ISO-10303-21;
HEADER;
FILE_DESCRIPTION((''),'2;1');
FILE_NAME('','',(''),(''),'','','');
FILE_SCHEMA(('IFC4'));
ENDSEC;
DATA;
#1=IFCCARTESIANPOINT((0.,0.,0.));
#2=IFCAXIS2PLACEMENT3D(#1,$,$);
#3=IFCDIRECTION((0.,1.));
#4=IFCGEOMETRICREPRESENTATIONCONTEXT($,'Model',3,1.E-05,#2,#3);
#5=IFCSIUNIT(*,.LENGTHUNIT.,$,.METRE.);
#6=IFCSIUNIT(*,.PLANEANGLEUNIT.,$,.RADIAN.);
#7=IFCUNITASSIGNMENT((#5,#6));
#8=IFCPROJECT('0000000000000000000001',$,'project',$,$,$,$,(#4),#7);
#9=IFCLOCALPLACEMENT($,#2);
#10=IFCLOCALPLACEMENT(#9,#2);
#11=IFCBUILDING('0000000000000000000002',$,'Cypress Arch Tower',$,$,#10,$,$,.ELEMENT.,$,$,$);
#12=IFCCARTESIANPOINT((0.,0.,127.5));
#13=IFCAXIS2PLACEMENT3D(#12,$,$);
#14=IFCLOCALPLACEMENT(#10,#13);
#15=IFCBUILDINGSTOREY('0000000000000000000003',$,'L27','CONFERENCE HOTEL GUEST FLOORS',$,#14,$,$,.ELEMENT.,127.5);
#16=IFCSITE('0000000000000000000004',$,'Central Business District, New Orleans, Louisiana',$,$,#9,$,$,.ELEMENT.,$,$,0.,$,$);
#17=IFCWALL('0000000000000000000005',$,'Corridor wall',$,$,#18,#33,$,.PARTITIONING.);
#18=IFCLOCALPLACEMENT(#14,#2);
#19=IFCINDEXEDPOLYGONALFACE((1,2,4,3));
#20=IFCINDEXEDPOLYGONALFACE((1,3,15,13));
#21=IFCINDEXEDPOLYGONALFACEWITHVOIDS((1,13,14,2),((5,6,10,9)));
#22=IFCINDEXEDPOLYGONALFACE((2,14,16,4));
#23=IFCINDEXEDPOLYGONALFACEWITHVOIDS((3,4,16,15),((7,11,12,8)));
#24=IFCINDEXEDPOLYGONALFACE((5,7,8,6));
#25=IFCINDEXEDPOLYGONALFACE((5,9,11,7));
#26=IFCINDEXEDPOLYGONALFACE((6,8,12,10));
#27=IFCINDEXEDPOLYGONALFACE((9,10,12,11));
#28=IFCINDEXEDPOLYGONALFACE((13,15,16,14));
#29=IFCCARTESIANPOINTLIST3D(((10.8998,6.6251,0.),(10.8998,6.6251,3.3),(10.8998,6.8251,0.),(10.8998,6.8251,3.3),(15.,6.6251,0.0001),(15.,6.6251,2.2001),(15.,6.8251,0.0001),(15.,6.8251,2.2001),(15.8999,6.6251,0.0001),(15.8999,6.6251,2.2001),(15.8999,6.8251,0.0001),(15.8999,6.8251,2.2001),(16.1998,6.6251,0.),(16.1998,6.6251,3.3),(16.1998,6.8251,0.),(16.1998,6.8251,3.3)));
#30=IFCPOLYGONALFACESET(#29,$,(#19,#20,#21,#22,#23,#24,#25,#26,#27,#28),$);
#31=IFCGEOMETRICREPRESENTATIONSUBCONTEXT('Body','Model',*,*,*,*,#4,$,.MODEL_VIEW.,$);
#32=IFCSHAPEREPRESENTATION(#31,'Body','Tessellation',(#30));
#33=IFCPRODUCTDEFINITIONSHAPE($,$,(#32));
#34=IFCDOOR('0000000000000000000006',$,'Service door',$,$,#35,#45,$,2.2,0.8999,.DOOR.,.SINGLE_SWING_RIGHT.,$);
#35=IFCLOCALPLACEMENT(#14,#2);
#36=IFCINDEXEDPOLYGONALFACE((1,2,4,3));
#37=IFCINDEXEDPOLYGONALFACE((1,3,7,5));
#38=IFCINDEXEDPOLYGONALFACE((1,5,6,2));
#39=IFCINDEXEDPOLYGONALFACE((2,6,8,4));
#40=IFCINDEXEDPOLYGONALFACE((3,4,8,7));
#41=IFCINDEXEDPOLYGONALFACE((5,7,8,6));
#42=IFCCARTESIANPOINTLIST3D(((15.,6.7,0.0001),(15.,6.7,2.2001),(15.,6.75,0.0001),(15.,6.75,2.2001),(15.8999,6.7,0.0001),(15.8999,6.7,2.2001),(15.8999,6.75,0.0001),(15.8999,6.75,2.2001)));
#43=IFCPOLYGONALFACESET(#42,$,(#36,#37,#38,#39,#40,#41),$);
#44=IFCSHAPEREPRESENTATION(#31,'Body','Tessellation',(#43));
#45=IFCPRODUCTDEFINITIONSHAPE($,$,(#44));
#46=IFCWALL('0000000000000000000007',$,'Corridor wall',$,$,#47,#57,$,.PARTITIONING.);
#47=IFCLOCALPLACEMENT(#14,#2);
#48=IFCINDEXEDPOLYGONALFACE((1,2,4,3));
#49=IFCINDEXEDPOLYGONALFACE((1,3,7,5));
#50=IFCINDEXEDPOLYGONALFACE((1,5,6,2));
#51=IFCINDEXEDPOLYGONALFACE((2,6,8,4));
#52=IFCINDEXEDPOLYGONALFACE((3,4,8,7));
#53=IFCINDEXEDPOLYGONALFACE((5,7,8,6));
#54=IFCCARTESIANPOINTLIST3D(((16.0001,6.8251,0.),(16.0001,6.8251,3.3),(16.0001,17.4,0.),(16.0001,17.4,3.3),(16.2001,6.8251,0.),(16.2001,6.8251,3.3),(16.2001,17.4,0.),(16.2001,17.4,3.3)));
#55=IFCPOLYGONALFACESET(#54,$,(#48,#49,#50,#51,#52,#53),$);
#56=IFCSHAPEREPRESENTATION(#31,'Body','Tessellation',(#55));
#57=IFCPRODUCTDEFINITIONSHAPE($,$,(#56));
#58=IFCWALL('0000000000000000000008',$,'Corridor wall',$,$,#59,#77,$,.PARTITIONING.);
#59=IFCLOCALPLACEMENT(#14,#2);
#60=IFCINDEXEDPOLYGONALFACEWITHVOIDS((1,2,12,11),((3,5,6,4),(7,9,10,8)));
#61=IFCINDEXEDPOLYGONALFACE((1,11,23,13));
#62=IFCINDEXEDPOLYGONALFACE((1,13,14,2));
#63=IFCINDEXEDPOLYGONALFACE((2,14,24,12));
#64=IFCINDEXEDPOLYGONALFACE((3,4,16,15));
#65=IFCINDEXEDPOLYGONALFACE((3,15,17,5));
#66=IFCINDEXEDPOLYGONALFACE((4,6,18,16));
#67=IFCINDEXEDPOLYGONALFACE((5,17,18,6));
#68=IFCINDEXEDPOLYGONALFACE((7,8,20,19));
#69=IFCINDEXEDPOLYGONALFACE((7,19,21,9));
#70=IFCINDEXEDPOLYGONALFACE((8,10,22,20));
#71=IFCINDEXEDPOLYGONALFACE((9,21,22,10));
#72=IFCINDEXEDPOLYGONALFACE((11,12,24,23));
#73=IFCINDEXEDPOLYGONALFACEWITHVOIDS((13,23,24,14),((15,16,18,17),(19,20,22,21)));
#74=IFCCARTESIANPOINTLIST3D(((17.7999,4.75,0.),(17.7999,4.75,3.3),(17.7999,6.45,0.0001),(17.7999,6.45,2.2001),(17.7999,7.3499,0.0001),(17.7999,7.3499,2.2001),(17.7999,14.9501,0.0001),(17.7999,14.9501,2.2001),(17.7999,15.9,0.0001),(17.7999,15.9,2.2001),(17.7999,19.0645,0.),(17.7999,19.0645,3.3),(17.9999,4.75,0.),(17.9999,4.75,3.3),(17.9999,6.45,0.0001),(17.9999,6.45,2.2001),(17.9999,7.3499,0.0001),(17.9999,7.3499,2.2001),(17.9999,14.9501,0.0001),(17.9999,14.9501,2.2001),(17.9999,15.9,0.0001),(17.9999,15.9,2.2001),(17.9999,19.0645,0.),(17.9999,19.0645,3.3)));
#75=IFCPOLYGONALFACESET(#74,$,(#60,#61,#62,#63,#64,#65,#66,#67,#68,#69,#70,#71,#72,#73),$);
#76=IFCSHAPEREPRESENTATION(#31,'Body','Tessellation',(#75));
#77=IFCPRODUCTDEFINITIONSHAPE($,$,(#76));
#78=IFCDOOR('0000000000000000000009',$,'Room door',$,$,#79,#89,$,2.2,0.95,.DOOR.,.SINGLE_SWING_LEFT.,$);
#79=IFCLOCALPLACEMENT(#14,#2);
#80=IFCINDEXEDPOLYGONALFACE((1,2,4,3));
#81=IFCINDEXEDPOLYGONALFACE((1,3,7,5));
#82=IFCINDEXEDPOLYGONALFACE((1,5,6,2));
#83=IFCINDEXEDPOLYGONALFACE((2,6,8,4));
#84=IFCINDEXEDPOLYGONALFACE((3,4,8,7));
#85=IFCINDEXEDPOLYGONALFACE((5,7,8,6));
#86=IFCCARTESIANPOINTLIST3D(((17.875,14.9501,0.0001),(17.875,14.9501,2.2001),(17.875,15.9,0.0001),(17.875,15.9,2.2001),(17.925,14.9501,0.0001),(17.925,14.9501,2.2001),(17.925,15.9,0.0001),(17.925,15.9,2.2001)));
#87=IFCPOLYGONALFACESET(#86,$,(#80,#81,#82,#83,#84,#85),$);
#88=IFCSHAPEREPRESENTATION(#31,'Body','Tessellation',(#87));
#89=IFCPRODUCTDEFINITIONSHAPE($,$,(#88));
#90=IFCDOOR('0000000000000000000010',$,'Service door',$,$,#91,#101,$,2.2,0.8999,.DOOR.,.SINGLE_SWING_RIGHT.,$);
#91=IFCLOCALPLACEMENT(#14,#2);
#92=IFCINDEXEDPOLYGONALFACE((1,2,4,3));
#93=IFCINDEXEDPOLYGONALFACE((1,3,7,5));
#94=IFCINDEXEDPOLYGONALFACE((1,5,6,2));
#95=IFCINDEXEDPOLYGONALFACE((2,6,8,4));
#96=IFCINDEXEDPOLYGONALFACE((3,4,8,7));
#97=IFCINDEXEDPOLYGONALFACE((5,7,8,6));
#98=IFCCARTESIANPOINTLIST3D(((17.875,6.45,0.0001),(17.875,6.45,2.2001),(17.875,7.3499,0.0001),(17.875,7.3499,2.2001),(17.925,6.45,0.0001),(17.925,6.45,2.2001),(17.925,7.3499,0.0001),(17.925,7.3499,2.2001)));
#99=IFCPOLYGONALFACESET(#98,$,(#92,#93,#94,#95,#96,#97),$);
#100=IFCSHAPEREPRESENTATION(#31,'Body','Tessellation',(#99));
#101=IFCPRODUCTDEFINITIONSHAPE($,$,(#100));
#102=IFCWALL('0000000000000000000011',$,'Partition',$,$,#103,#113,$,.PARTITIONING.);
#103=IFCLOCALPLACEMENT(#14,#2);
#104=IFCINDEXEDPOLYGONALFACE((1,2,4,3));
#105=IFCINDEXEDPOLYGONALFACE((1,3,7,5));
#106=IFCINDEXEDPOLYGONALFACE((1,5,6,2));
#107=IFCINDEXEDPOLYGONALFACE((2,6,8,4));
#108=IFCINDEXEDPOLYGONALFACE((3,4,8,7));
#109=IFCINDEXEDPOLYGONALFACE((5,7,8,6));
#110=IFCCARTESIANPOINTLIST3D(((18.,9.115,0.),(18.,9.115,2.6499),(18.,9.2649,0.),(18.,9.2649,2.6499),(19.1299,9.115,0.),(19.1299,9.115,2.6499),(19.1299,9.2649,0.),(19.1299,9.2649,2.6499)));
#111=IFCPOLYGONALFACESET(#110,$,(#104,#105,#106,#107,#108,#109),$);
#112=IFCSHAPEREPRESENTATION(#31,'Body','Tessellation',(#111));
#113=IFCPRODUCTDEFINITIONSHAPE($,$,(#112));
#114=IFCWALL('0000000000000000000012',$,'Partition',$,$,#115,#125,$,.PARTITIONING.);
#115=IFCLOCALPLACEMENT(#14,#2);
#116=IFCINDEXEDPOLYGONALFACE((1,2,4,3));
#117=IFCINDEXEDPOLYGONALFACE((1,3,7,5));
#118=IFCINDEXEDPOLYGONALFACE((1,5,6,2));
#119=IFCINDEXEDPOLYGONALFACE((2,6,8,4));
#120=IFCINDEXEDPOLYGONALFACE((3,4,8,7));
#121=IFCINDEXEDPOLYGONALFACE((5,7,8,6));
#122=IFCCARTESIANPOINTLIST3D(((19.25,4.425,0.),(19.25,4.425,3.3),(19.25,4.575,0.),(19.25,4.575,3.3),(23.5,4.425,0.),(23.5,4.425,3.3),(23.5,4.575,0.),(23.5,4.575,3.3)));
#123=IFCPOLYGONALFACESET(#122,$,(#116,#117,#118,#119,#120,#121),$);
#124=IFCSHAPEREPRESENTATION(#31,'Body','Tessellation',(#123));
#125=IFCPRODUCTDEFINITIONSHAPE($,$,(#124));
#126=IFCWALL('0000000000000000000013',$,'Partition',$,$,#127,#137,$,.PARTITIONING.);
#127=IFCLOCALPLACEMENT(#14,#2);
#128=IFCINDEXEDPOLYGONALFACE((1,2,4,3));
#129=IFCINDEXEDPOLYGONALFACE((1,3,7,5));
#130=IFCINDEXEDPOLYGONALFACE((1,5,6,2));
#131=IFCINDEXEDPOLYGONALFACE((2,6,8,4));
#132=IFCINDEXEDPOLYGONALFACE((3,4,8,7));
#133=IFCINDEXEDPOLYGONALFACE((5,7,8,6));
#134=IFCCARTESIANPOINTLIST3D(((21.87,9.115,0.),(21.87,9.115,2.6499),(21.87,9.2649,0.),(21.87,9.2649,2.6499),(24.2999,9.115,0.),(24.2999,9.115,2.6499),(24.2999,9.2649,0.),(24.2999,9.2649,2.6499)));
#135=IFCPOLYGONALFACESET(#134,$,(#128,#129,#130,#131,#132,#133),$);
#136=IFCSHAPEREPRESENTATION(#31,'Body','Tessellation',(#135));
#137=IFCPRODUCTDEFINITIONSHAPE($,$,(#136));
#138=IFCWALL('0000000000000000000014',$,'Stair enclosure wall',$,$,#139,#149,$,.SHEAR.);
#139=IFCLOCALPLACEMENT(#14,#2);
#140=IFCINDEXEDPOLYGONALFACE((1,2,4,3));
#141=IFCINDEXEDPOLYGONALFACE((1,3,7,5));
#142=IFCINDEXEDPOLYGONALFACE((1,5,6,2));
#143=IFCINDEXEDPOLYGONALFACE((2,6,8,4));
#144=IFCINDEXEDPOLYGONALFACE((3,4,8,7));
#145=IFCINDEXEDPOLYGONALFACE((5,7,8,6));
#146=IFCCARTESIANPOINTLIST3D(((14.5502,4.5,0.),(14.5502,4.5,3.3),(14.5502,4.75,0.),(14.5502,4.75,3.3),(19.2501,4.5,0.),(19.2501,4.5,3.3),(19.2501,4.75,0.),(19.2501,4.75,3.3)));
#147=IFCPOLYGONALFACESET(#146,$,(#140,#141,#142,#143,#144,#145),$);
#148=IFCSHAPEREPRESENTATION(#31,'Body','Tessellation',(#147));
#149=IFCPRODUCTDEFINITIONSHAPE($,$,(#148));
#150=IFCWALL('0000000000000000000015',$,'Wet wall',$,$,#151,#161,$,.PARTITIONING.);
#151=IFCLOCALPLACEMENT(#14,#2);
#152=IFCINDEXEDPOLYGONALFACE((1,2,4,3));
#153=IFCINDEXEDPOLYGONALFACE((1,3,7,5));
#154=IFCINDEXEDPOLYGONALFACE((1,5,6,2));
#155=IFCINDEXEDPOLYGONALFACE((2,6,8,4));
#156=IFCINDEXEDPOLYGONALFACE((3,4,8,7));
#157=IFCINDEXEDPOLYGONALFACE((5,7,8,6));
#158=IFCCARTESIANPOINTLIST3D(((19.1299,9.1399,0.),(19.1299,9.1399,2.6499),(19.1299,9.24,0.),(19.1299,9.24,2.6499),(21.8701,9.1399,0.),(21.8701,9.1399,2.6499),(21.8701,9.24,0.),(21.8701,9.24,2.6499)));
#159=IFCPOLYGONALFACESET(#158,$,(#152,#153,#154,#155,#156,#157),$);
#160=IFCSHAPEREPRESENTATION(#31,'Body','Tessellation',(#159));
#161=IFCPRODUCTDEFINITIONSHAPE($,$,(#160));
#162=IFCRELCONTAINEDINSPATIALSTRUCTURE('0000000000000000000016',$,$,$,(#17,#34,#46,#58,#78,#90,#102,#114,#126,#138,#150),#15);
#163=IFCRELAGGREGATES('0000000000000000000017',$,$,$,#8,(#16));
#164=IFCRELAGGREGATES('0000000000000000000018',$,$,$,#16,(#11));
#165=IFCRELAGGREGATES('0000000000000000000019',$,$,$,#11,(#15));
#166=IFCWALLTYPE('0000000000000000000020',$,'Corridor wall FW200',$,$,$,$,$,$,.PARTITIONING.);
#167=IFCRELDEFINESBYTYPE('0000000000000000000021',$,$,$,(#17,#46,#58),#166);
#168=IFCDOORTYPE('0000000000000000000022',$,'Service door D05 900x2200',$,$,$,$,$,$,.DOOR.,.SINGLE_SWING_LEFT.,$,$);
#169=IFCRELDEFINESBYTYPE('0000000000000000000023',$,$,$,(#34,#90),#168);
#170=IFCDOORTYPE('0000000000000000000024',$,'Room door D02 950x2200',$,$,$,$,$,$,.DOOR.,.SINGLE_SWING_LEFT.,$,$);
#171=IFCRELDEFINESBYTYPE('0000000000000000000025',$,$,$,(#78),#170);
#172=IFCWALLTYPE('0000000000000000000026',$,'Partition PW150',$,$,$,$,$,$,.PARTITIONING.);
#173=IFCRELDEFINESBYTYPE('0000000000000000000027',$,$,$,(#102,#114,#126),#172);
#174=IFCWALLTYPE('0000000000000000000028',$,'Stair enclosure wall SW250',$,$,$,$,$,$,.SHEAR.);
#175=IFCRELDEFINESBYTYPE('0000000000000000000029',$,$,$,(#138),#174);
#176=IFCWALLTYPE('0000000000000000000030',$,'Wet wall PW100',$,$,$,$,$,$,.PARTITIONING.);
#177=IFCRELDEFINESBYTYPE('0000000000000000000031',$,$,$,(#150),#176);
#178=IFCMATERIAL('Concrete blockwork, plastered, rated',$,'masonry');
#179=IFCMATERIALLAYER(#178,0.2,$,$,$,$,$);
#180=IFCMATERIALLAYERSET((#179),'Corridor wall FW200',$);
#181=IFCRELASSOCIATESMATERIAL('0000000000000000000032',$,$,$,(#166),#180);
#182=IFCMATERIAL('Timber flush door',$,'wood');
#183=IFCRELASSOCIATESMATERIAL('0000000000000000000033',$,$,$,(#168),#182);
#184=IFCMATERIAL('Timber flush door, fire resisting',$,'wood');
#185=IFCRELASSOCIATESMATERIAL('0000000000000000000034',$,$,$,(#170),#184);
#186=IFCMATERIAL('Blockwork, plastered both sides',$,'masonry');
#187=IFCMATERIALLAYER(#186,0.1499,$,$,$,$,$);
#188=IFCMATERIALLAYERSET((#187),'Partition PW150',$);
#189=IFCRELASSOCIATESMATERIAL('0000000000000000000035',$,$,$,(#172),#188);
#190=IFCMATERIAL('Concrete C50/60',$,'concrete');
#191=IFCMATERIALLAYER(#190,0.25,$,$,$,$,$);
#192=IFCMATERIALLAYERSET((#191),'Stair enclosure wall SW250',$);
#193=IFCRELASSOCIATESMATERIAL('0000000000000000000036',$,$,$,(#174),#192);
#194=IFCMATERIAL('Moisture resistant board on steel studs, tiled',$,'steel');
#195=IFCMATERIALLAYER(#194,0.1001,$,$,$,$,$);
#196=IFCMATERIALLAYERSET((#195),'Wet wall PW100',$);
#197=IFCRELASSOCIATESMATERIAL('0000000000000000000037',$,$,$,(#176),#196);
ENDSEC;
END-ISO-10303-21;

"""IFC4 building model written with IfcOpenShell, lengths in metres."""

from ifc_helpers import new_model, si_unit, direction, frame, frame_2d, origin, place, context, subcontext, project, spatial, rectangle, extrude, material, layer, layer_set, type_object, element, fill, save


model = new_model("IFC4")

# Units and contexts
model_context = context("Model", 3, precision=1e-05, world=origin(), true_north=direction((0.0, 1.0)))
body_context = subcontext(model_context, "Body", "Model", "MODEL_VIEW")
ifc_project = project(units=[si_unit("LENGTHUNIT", "METRE"), si_unit("PLANEANGLEUNIT", "RADIAN")], contexts=[model_context])

# Site, building, storey
site_placement = place(None, origin())
site = spatial("IfcSite", under=ifc_project, at=site_placement, Name="Central Business District, New Orleans, Louisiana", CompositionType="ELEMENT", RefElevation=0.0)
building_placement = place(site_placement, origin())
building = spatial("IfcBuilding", under=site, at=building_placement, Name="Cypress Arch Tower", CompositionType="ELEMENT")
storey_placement = place(building_placement, frame((0.0, 0.0, 127.5)))
storey = spatial("IfcBuildingStorey", under=building, at=storey_placement, Name="L27", Description="CONFERENCE HOTEL GUEST FLOORS", CompositionType="ELEMENT", Elevation=127.5)

# Wall, opening, door
ifc_material_1 = material(Name="Concrete blockwork, plastered, rated", Category="masonry")
ifc_layer_1 = layer(ifc_material_1, 0.2)
ifc_layer_set_1 = layer_set([ifc_layer_1], Name="Corridor wall FW200")
wall_type_1 = type_object("IfcWallType", Name="Corridor wall FW200", PredefinedType="PARTITIONING", material=ifc_layer_set_1)
wall_1_placement = place(storey_placement, frame((10.8999, 6.7251, 0.0), z_axis=(0.0, 0.0, 1.0), x_axis=(1.0, 0.0, 0.0)))
wall_1 = element("IfcWall", 1, at=wall_1_placement, inside=storey, type_object=wall_type_1, Name="Corridor wall", PredefinedType="PARTITIONING", context=body_context, shape_type="SweptSolid", body=[
    extrude(rectangle(XDim=5.3, YDim=0.2, at=frame_2d((2.6499, 0.0))), origin(), (0.0, 0.0, 1.0), 3.3),
])
opening_1_placement = place(wall_1_placement, frame((4.1001, 0.0, 0.0)))
opening_1 = element("IfcOpeningElement", 2, at=opening_1_placement, cuts=wall_1, PredefinedType="OPENING", context=body_context, shape_type="SweptSolid", body=[
    extrude(rectangle(XDim=0.8999, YDim=2.2, at=frame_2d((0.45, 1.1001))), frame((0.0, 0.1099, 0.0), z_axis=(0.0, -1.0, 0.0), x_axis=(1.0, 0.0, 0.0)), (0.0, 0.0, 1.0), 0.22),
])
ifc_material_2 = material(Name="Timber flush door", Category="wood")
door_type_1 = type_object("IfcDoorType", Name="Service door D05 900x2200", OperationType="SINGLE_SWING_LEFT", PredefinedType="DOOR", material=ifc_material_2)
door_1_placement = place(opening_1_placement, origin())
door_1 = element("IfcDoor", 3, at=door_1_placement, inside=storey, type_object=door_type_1, Name="Service door", OperationType="SINGLE_SWING_RIGHT", OverallHeight=2.2, OverallWidth=0.8999, PredefinedType="DOOR", context=body_context, shape_type="SweptSolid", body=[
    extrude(rectangle(XDim=0.8999, YDim=2.2, at=frame_2d((0.45, 1.1001))), frame((0.0, 0.0249, 0.0), z_axis=(0.0, -1.0, 0.0), x_axis=(1.0, 0.0, 0.0)), (0.0, 0.0, 1.0), 0.05),
])
fill(opening_1, door_1)

# Wall
wall_2_placement = place(storey_placement, frame((16.1001, 6.825, 0.0), z_axis=(0.0, 0.0, 1.0), x_axis=(0.0, 1.0, 0.0)))
element("IfcWall", 4, at=wall_2_placement, inside=storey, type_object=wall_type_1, Name="Corridor wall", PredefinedType="PARTITIONING", context=body_context, shape_type="SweptSolid", body=[
    extrude(rectangle(XDim=10.575, YDim=0.2, at=frame_2d((5.2876, 0.0))), origin(), (0.0, 0.0, 1.0), 3.3),
])

# Wall, openings, doors
wall_3_placement = place(storey_placement, frame((17.8999, 4.75, 0.0), z_axis=(0.0, 0.0, 1.0), x_axis=(0.0, 1.0, 0.0)))
wall_3 = element("IfcWall", 5, at=wall_3_placement, inside=storey, type_object=wall_type_1, Name="Corridor wall", PredefinedType="PARTITIONING", context=body_context, shape_type="SweptSolid", body=[
    extrude(rectangle(XDim=14.3145, YDim=0.2, at=frame_2d((7.1572, 0.0))), origin(), (0.0, 0.0, 1.0), 3.3),
])
opening_2_placement = place(wall_3_placement, frame((1.7, 0.0, 0.0)))
opening_2 = element("IfcOpeningElement", 6, at=opening_2_placement, cuts=wall_3, PredefinedType="OPENING", context=body_context, shape_type="SweptSolid", body=[
    extrude(rectangle(XDim=0.8999, YDim=2.2, at=frame_2d((0.45, 1.1001))), frame((0.0, 0.1099, 0.0), z_axis=(0.0, -1.0, 0.0), x_axis=(1.0, 0.0, 0.0)), (0.0, 0.0, 1.0), 0.22),
])
opening_3_placement = place(wall_3_placement, frame((10.2, 0.0, 0.0)))
opening_3 = element("IfcOpeningElement", 7, at=opening_3_placement, cuts=wall_3, PredefinedType="OPENING", context=body_context, shape_type="SweptSolid", body=[
    extrude(rectangle(XDim=0.95, YDim=2.2, at=frame_2d((0.4751, 1.1001))), frame((0.0, 0.1099, 0.0), z_axis=(0.0, -1.0, 0.0), x_axis=(1.0, 0.0, 0.0)), (0.0, 0.0, 1.0), 0.22),
])
ifc_material_3 = material(Name="Timber flush door, fire resisting", Category="wood")
door_type_2 = type_object("IfcDoorType", Name="Room door D02 950x2200", OperationType="SINGLE_SWING_LEFT", PredefinedType="DOOR", material=ifc_material_3)
door_2_placement = place(opening_3_placement, origin())
door_2 = element("IfcDoor", 8, at=door_2_placement, inside=storey, type_object=door_type_2, Name="Room door", OperationType="SINGLE_SWING_LEFT", OverallHeight=2.2, OverallWidth=0.95, PredefinedType="DOOR", context=body_context, shape_type="SweptSolid", body=[
    extrude(rectangle(XDim=0.95, YDim=2.2, at=frame_2d((0.4751, 1.1001))), frame((0.0, 0.0249, 0.0), z_axis=(0.0, -1.0, 0.0), x_axis=(1.0, 0.0, 0.0)), (0.0, 0.0, 1.0), 0.05),
])
fill(opening_3, door_2)
door_3_placement = place(opening_2_placement, origin())
door_3 = element("IfcDoor", 9, at=door_3_placement, inside=storey, type_object=door_type_1, Name="Service door", OperationType="SINGLE_SWING_RIGHT", OverallHeight=2.2, OverallWidth=0.8999, PredefinedType="DOOR", context=body_context, shape_type="SweptSolid", body=[
    extrude(rectangle(XDim=0.8999, YDim=2.2, at=frame_2d((0.45, 1.1001))), frame((0.0, 0.0249, 0.0), z_axis=(0.0, -1.0, 0.0), x_axis=(1.0, 0.0, 0.0)), (0.0, 0.0, 1.0), 0.05),
])
fill(opening_2, door_3)

# Walls
ifc_material_4 = material(Name="Blockwork, plastered both sides", Category="masonry")
ifc_layer_2 = layer(ifc_material_4, 0.1499)
ifc_layer_set_2 = layer_set([ifc_layer_2], Name="Partition PW150")
wall_type_2 = type_object("IfcWallType", Name="Partition PW150", PredefinedType="PARTITIONING", material=ifc_layer_set_2)
wall_4_placement = place(storey_placement, frame((18.0, 9.1899, 0.0), z_axis=(0.0, 0.0, 1.0), x_axis=(1.0, 0.0, 0.0)))
element("IfcWall", 10, at=wall_4_placement, inside=storey, type_object=wall_type_2, Name="Partition", PredefinedType="PARTITIONING", context=body_context, shape_type="SweptSolid", body=[
    extrude(rectangle(XDim=1.1299, YDim=0.1499, at=frame_2d((0.5649, 0.0))), origin(), (0.0, 0.0, 1.0), 2.6499),
])
wall_5_placement = place(storey_placement, frame((19.25, 4.5, 0.0), z_axis=(0.0, 0.0, 1.0), x_axis=(1.0, 0.0, 0.0)))
element("IfcWall", 11, at=wall_5_placement, inside=storey, type_object=wall_type_2, Name="Partition", PredefinedType="PARTITIONING", context=body_context, shape_type="SweptSolid", body=[
    extrude(rectangle(XDim=4.25, YDim=0.1499, at=frame_2d((2.125, 0.0))), origin(), (0.0, 0.0, 1.0), 3.3),
])
wall_6_placement = place(storey_placement, frame((21.8701, 9.1899, 0.0), z_axis=(0.0, 0.0, 1.0), x_axis=(1.0, 0.0, 0.0)))
element("IfcWall", 12, at=wall_6_placement, inside=storey, type_object=wall_type_2, Name="Partition", PredefinedType="PARTITIONING", context=body_context, shape_type="SweptSolid", body=[
    extrude(rectangle(XDim=2.4299, YDim=0.1499, at=frame_2d((1.2148, 0.0))), origin(), (0.0, 0.0, 1.0), 2.6499),
])
ifc_material_5 = material(Name="Concrete C50/60", Category="concrete")
ifc_layer_3 = layer(ifc_material_5, 0.25)
ifc_layer_set_3 = layer_set([ifc_layer_3], Name="Stair enclosure wall SW250")
wall_type_3 = type_object("IfcWallType", Name="Stair enclosure wall SW250", PredefinedType="SHEAR", material=ifc_layer_set_3)
wall_7_placement = place(storey_placement, frame((14.55, 4.625, 0.0), z_axis=(0.0, 0.0, 1.0), x_axis=(1.0, 0.0, 0.0)))
element("IfcWall", 13, at=wall_7_placement, inside=storey, type_object=wall_type_3, Name="Stair enclosure wall", PredefinedType="SHEAR", context=body_context, shape_type="SweptSolid", body=[
    extrude(rectangle(XDim=4.7, YDim=0.25, at=frame_2d((2.3501, 0.0))), origin(), (0.0, 0.0, 1.0), 3.3),
])
ifc_material_6 = material(Name="Moisture resistant board on steel studs, tiled", Category="steel")
ifc_layer_4 = layer(ifc_material_6, 0.1001)
ifc_layer_set_4 = layer_set([ifc_layer_4], Name="Wet wall PW100")
wall_type_4 = type_object("IfcWallType", Name="Wet wall PW100", PredefinedType="PARTITIONING", material=ifc_layer_set_4)
wall_8_placement = place(storey_placement, frame((19.1299, 9.1899, 0.0), z_axis=(0.0, 0.0, 1.0), x_axis=(1.0, 0.0, 0.0)))
element("IfcWall", 14, at=wall_8_placement, inside=storey, type_object=wall_type_4, Name="Wet wall", PredefinedType="PARTITIONING", context=body_context, shape_type="SweptSolid", body=[
    extrude(rectangle(XDim=2.7402, YDim=0.1001, at=frame_2d((1.3701, 0.0))), origin(), (0.0, 0.0, 1.0), 2.6499),
])

save(model, "model.ifc")
